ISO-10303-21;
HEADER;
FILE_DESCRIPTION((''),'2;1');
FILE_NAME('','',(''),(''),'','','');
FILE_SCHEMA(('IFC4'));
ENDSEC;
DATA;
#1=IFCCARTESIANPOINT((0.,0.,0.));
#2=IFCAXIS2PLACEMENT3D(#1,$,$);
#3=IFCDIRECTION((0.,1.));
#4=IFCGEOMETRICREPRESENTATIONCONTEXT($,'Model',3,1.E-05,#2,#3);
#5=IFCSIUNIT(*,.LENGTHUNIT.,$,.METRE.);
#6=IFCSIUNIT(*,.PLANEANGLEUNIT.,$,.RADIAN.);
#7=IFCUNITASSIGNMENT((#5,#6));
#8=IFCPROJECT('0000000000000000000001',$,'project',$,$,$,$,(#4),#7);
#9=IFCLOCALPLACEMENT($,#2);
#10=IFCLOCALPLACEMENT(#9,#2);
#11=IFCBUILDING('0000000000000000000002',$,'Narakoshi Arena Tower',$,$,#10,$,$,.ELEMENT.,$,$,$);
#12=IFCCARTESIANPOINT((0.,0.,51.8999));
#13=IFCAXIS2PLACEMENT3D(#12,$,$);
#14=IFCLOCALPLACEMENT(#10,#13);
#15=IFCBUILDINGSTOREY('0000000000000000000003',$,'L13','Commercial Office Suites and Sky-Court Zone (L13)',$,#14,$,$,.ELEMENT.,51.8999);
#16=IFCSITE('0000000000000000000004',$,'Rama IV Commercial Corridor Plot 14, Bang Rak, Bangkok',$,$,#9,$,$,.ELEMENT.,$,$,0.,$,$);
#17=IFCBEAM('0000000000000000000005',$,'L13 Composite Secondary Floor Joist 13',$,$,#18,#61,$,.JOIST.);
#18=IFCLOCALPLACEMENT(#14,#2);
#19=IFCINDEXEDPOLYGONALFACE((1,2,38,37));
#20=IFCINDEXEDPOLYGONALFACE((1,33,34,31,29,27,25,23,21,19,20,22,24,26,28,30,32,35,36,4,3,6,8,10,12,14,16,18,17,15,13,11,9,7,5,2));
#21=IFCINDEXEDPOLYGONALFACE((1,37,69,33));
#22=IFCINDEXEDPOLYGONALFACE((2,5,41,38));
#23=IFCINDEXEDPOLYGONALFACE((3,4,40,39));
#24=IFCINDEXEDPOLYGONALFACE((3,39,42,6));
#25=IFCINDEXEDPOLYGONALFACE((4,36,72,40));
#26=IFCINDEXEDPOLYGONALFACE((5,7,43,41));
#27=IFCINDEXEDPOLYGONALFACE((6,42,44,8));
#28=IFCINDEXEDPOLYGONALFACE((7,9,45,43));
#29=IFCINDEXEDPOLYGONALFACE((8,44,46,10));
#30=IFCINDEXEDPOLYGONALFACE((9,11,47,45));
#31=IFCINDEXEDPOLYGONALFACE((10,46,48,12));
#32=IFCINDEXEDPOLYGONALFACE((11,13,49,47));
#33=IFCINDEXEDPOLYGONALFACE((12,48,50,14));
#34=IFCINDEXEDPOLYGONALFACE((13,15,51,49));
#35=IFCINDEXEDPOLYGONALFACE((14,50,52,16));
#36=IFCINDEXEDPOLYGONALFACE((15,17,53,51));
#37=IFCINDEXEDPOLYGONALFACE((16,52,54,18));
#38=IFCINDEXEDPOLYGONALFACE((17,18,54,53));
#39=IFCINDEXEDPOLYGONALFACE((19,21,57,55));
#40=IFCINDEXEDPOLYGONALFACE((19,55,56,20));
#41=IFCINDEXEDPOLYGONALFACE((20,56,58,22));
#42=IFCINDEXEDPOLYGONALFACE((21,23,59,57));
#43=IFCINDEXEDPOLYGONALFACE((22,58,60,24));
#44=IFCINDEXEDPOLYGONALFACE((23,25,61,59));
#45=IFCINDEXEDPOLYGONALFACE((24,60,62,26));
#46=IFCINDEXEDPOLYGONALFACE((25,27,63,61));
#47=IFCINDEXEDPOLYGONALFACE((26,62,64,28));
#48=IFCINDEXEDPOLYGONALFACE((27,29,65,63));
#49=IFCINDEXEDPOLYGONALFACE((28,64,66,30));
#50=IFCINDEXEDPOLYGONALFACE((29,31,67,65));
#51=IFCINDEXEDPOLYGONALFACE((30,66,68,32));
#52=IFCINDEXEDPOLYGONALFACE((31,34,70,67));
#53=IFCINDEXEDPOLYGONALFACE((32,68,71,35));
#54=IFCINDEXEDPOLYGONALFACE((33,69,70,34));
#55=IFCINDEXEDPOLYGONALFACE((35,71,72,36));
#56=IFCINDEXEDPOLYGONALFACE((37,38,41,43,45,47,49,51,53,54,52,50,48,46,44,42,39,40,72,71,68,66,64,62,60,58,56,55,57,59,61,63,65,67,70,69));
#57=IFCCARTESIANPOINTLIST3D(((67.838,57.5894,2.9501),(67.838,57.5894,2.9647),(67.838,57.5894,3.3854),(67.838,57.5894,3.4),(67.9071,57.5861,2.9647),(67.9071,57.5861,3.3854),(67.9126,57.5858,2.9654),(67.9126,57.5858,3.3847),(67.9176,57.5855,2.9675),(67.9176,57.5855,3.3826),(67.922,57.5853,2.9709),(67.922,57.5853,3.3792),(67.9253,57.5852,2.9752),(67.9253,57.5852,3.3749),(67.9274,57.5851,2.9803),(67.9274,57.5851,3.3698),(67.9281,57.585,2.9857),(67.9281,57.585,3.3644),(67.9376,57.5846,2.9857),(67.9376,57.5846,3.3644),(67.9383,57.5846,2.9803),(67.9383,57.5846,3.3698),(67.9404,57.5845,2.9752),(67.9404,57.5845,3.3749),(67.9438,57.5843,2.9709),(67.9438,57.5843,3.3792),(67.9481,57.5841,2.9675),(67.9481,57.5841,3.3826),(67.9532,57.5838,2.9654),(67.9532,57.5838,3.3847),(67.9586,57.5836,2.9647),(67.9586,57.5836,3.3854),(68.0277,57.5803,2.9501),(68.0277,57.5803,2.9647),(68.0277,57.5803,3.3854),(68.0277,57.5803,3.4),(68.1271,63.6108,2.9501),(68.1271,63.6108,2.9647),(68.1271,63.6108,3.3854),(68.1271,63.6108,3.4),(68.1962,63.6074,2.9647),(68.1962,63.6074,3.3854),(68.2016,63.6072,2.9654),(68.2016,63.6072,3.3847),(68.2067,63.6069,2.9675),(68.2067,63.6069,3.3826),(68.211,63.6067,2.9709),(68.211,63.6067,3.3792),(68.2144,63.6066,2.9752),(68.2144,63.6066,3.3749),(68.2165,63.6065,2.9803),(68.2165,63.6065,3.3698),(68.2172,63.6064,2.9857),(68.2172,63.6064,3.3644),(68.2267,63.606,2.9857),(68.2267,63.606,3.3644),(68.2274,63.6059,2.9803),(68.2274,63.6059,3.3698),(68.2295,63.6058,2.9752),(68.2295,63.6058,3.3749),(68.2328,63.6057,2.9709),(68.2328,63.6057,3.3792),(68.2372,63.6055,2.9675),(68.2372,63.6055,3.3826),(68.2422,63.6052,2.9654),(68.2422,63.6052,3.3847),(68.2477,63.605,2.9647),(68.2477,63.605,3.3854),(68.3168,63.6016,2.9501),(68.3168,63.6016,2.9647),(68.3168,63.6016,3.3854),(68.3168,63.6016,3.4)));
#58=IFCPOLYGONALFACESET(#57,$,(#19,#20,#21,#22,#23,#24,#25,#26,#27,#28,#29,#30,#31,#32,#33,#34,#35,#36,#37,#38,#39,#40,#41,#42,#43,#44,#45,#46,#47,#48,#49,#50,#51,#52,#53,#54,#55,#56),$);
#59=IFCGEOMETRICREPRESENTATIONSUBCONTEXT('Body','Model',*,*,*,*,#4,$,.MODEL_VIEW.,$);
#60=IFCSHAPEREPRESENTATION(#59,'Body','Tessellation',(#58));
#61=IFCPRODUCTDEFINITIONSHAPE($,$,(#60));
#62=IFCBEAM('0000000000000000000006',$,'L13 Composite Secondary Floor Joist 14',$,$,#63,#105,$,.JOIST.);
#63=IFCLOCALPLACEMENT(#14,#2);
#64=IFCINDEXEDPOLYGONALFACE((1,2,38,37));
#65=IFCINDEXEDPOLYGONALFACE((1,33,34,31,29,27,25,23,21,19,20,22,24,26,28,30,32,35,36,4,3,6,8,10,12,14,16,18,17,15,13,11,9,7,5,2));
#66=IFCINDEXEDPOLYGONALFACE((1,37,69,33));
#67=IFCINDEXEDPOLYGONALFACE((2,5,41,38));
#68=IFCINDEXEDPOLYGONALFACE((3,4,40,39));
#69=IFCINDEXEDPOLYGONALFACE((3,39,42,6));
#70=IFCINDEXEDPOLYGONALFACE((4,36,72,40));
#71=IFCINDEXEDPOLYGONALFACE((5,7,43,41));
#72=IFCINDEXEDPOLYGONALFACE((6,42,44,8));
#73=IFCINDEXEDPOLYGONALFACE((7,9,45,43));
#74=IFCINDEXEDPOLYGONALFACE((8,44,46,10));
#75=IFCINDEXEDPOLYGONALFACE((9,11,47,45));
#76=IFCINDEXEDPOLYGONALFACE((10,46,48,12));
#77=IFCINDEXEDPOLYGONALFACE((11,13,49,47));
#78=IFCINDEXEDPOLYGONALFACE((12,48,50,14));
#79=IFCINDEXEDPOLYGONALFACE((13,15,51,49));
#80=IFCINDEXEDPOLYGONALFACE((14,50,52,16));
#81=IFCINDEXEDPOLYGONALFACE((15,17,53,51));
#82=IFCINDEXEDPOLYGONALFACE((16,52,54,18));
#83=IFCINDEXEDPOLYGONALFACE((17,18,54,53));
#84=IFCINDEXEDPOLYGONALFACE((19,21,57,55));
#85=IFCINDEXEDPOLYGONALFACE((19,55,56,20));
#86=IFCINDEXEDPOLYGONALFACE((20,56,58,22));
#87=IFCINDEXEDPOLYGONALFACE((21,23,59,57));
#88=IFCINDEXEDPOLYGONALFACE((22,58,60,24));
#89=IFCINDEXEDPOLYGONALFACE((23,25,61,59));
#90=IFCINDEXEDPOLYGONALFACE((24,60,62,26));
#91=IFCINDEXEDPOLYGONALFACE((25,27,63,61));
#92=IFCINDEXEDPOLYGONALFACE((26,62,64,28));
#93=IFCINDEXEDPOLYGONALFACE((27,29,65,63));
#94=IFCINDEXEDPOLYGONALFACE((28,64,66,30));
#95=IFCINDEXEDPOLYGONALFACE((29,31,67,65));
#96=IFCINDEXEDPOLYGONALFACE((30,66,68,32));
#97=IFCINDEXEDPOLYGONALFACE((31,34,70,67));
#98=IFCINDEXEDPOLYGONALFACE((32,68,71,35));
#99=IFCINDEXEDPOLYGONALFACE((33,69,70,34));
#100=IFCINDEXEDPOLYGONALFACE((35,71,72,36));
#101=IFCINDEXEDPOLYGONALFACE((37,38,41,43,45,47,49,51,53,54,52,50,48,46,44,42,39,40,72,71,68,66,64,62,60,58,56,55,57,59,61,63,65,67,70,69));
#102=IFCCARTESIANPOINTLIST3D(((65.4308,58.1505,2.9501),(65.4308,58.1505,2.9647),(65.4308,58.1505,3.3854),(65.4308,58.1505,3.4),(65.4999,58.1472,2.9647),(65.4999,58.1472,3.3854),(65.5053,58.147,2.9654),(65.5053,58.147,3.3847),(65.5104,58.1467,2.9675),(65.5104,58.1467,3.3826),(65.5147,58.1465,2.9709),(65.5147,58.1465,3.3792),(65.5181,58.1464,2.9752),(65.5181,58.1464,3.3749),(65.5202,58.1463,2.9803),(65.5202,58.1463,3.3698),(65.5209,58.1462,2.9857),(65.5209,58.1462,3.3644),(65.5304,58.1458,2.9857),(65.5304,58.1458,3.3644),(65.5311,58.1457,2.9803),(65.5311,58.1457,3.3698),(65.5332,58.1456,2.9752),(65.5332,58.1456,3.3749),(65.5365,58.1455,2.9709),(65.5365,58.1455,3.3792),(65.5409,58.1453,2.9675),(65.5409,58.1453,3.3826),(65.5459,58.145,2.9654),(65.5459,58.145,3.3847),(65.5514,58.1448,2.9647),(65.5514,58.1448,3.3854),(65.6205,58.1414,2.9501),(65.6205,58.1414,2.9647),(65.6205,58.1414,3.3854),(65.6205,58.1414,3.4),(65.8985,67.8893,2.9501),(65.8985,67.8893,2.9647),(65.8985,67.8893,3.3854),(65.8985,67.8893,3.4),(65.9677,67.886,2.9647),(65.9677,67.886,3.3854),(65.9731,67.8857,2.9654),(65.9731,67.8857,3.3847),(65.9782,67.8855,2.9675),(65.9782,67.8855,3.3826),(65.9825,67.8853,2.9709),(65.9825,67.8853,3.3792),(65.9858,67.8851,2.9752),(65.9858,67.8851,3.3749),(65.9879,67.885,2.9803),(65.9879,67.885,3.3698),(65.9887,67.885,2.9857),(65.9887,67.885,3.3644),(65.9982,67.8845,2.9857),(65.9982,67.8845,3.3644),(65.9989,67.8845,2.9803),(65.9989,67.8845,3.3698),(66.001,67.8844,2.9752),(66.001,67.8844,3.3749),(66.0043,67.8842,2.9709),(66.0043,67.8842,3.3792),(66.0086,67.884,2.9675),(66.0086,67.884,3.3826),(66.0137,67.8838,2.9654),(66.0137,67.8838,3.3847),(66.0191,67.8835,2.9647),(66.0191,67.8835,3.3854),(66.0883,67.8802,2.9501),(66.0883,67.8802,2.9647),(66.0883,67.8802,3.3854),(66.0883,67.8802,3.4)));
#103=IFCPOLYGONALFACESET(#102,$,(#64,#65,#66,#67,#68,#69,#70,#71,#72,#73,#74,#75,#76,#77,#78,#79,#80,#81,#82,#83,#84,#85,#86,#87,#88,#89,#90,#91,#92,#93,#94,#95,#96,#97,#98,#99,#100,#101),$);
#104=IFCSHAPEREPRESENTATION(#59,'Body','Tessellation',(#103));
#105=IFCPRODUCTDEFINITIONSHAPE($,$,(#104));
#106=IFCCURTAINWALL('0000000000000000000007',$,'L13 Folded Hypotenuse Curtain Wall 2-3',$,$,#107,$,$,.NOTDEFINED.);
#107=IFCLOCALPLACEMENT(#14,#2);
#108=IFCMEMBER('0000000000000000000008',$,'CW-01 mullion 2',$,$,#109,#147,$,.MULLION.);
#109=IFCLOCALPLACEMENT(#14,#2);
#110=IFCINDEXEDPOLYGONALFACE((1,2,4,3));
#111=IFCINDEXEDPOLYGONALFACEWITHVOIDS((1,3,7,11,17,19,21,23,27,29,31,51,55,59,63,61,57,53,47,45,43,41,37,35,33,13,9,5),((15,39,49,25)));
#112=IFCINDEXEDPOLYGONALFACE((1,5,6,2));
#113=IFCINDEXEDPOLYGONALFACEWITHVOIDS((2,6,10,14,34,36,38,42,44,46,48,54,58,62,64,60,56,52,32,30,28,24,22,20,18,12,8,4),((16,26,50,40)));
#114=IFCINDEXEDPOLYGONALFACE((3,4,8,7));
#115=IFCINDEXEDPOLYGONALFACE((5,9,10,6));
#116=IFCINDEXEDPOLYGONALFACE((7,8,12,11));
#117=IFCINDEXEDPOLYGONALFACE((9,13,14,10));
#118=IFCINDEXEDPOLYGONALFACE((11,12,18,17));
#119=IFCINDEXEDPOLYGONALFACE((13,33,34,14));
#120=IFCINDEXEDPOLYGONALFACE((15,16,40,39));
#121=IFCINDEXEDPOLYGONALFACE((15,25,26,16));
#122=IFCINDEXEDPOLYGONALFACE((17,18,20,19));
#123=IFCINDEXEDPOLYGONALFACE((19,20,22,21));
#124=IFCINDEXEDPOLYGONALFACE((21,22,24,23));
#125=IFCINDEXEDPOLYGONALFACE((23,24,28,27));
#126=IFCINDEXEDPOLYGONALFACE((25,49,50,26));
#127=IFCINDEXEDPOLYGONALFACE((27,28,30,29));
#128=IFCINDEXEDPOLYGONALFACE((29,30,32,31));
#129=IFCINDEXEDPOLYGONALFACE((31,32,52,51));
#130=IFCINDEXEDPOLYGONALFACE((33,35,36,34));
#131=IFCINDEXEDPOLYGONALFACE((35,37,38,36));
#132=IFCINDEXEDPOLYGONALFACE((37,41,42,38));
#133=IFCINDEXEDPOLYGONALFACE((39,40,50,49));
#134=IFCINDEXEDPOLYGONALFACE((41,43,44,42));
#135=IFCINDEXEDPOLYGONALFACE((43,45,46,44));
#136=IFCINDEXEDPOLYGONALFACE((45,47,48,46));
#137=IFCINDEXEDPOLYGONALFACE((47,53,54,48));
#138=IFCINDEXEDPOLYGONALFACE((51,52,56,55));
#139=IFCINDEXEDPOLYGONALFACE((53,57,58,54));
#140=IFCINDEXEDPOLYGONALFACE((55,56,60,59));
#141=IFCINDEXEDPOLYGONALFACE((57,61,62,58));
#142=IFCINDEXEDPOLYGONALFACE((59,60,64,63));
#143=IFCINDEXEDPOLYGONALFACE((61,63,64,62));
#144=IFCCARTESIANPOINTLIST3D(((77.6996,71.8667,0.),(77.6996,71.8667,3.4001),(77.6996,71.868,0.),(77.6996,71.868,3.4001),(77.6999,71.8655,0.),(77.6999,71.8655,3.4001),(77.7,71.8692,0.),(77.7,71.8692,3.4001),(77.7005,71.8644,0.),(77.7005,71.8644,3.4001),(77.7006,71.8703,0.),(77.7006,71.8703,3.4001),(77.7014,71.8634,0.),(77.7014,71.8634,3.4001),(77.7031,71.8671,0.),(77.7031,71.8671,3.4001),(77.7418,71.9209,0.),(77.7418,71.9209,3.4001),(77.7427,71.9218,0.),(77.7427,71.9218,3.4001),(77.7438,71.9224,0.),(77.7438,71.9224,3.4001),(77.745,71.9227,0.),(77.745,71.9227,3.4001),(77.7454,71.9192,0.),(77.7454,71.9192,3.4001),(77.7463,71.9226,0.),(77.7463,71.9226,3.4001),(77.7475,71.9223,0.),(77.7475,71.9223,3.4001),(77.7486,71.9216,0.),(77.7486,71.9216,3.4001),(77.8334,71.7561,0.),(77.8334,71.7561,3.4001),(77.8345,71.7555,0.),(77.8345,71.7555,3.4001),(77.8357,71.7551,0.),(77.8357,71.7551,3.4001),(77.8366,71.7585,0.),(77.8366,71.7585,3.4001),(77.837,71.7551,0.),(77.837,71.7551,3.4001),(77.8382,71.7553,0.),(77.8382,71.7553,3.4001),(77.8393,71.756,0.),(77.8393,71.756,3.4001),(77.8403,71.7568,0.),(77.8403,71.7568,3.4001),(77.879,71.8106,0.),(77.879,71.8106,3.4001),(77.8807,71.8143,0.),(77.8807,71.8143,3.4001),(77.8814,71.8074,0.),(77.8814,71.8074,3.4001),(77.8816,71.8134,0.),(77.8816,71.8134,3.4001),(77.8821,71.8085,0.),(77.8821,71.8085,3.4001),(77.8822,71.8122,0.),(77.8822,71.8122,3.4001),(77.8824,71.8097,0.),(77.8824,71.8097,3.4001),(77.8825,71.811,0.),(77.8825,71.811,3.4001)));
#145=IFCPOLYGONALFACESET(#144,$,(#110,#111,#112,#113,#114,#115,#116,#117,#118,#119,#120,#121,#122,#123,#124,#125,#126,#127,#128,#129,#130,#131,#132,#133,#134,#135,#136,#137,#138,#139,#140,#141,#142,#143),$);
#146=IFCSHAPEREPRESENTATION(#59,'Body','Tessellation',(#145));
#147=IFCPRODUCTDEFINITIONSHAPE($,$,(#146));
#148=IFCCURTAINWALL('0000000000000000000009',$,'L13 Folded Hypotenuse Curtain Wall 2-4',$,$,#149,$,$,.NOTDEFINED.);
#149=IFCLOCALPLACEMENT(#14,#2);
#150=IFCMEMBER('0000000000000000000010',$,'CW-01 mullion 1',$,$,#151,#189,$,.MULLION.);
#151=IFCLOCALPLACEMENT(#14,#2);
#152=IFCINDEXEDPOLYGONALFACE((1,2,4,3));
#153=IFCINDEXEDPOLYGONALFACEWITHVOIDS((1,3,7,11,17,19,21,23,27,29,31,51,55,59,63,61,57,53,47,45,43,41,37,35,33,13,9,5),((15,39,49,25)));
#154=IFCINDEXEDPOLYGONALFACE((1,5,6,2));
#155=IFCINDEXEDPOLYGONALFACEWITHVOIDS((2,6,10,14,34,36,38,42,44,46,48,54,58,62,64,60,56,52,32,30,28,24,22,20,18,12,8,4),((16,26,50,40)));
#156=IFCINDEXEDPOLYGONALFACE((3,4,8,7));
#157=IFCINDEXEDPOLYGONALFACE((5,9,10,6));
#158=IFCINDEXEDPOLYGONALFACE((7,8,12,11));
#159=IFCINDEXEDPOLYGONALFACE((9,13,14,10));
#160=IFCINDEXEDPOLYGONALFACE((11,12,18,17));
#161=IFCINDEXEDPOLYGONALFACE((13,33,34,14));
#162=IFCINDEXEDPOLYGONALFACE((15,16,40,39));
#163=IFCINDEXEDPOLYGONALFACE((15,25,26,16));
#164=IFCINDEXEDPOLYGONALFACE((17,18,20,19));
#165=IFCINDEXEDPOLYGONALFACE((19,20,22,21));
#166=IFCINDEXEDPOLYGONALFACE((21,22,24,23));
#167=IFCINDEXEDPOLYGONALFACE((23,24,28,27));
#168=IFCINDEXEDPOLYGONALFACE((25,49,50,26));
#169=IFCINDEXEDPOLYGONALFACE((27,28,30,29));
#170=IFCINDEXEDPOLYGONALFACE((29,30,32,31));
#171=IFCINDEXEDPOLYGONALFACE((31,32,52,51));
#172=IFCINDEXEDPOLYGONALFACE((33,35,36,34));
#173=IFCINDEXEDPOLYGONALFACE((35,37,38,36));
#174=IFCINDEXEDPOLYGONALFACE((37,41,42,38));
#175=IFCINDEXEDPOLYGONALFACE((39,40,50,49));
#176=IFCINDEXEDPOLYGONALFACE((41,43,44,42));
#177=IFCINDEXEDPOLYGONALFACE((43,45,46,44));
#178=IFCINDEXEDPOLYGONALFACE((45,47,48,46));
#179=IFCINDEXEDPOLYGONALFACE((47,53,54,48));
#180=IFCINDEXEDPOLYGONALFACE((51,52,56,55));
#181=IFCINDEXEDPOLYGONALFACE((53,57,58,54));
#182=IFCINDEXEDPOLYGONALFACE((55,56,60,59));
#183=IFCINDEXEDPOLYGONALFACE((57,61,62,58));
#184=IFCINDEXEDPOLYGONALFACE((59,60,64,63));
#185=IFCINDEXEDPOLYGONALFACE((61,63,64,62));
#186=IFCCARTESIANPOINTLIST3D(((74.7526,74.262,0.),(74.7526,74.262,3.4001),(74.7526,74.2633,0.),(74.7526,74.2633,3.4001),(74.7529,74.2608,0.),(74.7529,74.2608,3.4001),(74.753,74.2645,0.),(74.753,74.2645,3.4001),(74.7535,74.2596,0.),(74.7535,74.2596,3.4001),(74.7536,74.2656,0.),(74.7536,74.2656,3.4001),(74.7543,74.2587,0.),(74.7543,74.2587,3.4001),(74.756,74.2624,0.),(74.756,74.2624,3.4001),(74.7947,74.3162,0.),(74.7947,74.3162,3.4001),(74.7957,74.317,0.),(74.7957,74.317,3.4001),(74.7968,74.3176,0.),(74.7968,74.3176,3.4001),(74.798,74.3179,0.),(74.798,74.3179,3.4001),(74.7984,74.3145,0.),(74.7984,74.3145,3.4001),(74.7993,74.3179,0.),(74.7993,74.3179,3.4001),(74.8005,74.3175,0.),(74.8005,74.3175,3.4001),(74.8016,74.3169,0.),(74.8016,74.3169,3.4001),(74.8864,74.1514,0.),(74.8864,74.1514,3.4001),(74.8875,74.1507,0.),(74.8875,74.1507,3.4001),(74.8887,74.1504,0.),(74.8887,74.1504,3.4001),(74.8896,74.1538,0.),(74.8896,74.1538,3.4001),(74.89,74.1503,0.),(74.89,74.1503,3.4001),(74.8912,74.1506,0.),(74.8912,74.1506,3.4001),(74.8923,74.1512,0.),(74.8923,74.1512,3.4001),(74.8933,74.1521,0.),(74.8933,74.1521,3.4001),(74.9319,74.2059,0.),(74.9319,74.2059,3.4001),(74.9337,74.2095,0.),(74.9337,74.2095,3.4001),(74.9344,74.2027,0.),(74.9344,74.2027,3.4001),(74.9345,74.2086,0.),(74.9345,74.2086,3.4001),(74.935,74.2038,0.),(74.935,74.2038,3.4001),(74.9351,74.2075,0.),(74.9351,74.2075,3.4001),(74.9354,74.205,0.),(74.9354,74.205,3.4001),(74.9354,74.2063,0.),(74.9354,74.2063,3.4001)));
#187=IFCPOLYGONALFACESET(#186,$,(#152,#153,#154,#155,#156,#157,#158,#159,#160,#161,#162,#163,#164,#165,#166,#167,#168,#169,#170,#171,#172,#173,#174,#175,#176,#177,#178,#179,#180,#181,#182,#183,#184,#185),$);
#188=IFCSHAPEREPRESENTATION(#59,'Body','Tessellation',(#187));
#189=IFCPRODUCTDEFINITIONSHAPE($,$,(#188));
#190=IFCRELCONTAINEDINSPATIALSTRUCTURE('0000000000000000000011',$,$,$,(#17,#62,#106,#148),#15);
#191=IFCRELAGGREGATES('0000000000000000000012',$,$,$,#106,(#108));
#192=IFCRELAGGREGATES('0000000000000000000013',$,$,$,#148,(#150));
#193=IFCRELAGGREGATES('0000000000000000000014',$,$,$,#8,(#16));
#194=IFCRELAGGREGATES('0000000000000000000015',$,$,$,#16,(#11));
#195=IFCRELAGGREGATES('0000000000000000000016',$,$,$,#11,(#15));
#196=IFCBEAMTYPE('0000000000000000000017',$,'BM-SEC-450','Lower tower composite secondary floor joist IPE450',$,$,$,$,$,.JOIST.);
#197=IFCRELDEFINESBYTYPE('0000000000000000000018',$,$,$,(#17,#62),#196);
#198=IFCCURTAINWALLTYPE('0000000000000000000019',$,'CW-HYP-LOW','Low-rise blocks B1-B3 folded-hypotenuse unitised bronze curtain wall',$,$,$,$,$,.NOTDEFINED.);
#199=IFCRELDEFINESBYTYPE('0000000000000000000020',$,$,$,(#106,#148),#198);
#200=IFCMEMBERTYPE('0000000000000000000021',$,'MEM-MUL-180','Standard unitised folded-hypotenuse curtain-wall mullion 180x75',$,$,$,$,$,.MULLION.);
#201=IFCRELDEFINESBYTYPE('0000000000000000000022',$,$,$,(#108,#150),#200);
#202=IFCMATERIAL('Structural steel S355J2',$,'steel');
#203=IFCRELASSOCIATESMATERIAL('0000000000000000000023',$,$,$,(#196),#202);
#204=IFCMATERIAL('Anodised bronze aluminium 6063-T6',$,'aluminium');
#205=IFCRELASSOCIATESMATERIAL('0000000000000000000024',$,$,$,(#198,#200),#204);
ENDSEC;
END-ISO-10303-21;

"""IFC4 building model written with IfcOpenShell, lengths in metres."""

from ifc_helpers import new_model, si_unit, direction, frame, origin, origin_2d, place, context, subcontext, project, spatial, hollow_rectangle, i_section, extrude, material, material_profile, profile_set, type_object, element, aggregate, save


model = new_model("IFC4")

# Units and contexts
model_context = context("Model", 3, precision=1e-05, world=origin(), true_north=direction((0.0, 1.0)))
body_context = subcontext(model_context, "Body", "Model", "MODEL_VIEW")
ifc_project = project(units=[si_unit("LENGTHUNIT", "METRE"), si_unit("PLANEANGLEUNIT", "RADIAN")], contexts=[model_context])

# Site, building, storey
site_placement = place(None, origin())
site = spatial("IfcSite", under=ifc_project, at=site_placement, Name="Rama IV Commercial Corridor Plot 14, Bang Rak, Bangkok", CompositionType="ELEMENT", RefElevation=0.0)
building_placement = place(site_placement, origin())
building = spatial("IfcBuilding", under=site, at=building_placement, Name="Narakoshi Arena Tower", CompositionType="ELEMENT")
storey_placement = place(building_placement, frame((0.0, 0.0, 51.8999)))
storey = spatial("IfcBuildingStorey", under=building, at=storey_placement, Name="L13", Description="Commercial Office Suites and Sky-Court Zone (L13)", CompositionType="ELEMENT", Elevation=51.8999)

# Beams
ifc_material_1 = material(Name="Structural steel S355J2", Category="steel")
ifc_material_profile_1 = material_profile(ifc_material_1, i_section(OverallWidth=0.1899, OverallDepth=0.45, WebThickness=0.0095, FlangeThickness=0.0146, FilletRadius=0.021, at=origin_2d()), Name="IPE450")
ifc_profile_set_1 = profile_set([ifc_material_profile_1], Name="Structural steel S355J2")
beam_type_1 = type_object("IfcBeamType", Name="BM-SEC-450", Description="Lower tower composite secondary floor joist IPE450", PredefinedType="JOIST", material=ifc_profile_set_1)
beam_1_placement = place(storey_placement, frame((68.2219, 63.6062, 3.175), z_axis=(-0.04795, -0.99885, 0.0), x_axis=(0.99885, -0.04795, 0.0)))
element("IfcBeam", 1, at=beam_1_placement, inside=storey, type_object=beam_type_1, Name="L13 Composite Secondary Floor Joist 13", PredefinedType="JOIST", context=body_context, shape_type="SweptSolid", body=[
    extrude(i_section(OverallWidth=0.1899, OverallDepth=0.45, WebThickness=0.0095, FlangeThickness=0.0146, FilletRadius=0.021, at=origin_2d()), origin(), (0.0, 0.0, 1.0), 6.0283),
])
beam_2_placement = place(storey_placement, frame((65.9934, 67.8848, 3.175), z_axis=(-0.047977, -0.998848, 0.0), x_axis=(0.998848, -0.047977, 0.0)))
element("IfcBeam", 2, at=beam_2_placement, inside=storey, type_object=beam_type_1, Name="L13 Composite Secondary Floor Joist 14", PredefinedType="JOIST", context=body_context, shape_type="SweptSolid", body=[
    extrude(i_section(OverallWidth=0.1899, OverallDepth=0.45, WebThickness=0.0095, FlangeThickness=0.0146, FilletRadius=0.021, at=origin_2d()), origin(), (0.0, 0.0, 1.0), 9.75),
])

# Curtain wall, member
ifc_material_2 = material(Name="Anodised bronze aluminium 6063-T6", Category="aluminium")
curtain_wall_type = type_object("IfcCurtainWallType", Name="CW-HYP-LOW", Description="Low-rise blocks B1-B3 folded-hypotenuse unitised bronze curtain wall", PredefinedType="NOTDEFINED", material=ifc_material_2)
curtain_wall_1_placement = place(storey_placement, origin())
curtain_wall_1 = element("IfcCurtainWall", 3, at=curtain_wall_1_placement, inside=storey, type_object=curtain_wall_type, Name="L13 Folded Hypotenuse Curtain Wall 2-3", PredefinedType="NOTDEFINED")
ifc_material_profile_2 = material_profile(ifc_material_2, hollow_rectangle(XDim=0.075, YDim=0.1799, WallThickness=0.0039, OuterFilletRadius=0.0049, at=origin_2d()), Name="MUL180x75x4")
ifc_profile_set_2 = profile_set([ifc_material_profile_2], Name="Anodised bronze aluminium 6063-T6")
member_type_1 = type_object("IfcMemberType", Name="MEM-MUL-180", Description="Standard unitised folded-hypotenuse curtain-wall mullion 180x75", PredefinedType="MULLION", material=ifc_profile_set_2)
member_1_placement = place(storey_placement, frame((77.791, 71.8389, 0.0), z_axis=(0.0, 0.0, 1.0), x_axis=(-0.630723, -0.776008, 0.0)))
member_1 = element("IfcMember", 4, at=member_1_placement, type_object=member_type_1, Name="CW-01 mullion 2", PredefinedType="MULLION", context=body_context, shape_type="SweptSolid", body=[
    extrude(hollow_rectangle(XDim=0.075, YDim=0.1799, WallThickness=0.0039, OuterFilletRadius=0.0049, at=origin_2d()), origin(), (0.0, 0.0, 1.0), 3.4001),
])

# Curtain wall, member
curtain_wall_2_placement = place(storey_placement, origin())
curtain_wall_2 = element("IfcCurtainWall", 5, at=curtain_wall_2_placement, inside=storey, type_object=curtain_wall_type, Name="L13 Folded Hypotenuse Curtain Wall 2-4", PredefinedType="NOTDEFINED")
member_2_placement = place(storey_placement, frame((74.844, 74.2341, 0.0), z_axis=(0.0, 0.0, 1.0), x_axis=(-0.630734, -0.775999, 0.0)))
member_2 = element("IfcMember", 6, at=member_2_placement, type_object=member_type_1, Name="CW-01 mullion 1", PredefinedType="MULLION", context=body_context, shape_type="SweptSolid", body=[
    extrude(hollow_rectangle(XDim=0.075, YDim=0.1799, WallThickness=0.0039, OuterFilletRadius=0.0049, at=origin_2d()), origin(), (0.0, 0.0, 1.0), 3.4001),
])

aggregate(curtain_wall_1, [member_1])
aggregate(curtain_wall_2, [member_2])

save(model, "model.ifc")
